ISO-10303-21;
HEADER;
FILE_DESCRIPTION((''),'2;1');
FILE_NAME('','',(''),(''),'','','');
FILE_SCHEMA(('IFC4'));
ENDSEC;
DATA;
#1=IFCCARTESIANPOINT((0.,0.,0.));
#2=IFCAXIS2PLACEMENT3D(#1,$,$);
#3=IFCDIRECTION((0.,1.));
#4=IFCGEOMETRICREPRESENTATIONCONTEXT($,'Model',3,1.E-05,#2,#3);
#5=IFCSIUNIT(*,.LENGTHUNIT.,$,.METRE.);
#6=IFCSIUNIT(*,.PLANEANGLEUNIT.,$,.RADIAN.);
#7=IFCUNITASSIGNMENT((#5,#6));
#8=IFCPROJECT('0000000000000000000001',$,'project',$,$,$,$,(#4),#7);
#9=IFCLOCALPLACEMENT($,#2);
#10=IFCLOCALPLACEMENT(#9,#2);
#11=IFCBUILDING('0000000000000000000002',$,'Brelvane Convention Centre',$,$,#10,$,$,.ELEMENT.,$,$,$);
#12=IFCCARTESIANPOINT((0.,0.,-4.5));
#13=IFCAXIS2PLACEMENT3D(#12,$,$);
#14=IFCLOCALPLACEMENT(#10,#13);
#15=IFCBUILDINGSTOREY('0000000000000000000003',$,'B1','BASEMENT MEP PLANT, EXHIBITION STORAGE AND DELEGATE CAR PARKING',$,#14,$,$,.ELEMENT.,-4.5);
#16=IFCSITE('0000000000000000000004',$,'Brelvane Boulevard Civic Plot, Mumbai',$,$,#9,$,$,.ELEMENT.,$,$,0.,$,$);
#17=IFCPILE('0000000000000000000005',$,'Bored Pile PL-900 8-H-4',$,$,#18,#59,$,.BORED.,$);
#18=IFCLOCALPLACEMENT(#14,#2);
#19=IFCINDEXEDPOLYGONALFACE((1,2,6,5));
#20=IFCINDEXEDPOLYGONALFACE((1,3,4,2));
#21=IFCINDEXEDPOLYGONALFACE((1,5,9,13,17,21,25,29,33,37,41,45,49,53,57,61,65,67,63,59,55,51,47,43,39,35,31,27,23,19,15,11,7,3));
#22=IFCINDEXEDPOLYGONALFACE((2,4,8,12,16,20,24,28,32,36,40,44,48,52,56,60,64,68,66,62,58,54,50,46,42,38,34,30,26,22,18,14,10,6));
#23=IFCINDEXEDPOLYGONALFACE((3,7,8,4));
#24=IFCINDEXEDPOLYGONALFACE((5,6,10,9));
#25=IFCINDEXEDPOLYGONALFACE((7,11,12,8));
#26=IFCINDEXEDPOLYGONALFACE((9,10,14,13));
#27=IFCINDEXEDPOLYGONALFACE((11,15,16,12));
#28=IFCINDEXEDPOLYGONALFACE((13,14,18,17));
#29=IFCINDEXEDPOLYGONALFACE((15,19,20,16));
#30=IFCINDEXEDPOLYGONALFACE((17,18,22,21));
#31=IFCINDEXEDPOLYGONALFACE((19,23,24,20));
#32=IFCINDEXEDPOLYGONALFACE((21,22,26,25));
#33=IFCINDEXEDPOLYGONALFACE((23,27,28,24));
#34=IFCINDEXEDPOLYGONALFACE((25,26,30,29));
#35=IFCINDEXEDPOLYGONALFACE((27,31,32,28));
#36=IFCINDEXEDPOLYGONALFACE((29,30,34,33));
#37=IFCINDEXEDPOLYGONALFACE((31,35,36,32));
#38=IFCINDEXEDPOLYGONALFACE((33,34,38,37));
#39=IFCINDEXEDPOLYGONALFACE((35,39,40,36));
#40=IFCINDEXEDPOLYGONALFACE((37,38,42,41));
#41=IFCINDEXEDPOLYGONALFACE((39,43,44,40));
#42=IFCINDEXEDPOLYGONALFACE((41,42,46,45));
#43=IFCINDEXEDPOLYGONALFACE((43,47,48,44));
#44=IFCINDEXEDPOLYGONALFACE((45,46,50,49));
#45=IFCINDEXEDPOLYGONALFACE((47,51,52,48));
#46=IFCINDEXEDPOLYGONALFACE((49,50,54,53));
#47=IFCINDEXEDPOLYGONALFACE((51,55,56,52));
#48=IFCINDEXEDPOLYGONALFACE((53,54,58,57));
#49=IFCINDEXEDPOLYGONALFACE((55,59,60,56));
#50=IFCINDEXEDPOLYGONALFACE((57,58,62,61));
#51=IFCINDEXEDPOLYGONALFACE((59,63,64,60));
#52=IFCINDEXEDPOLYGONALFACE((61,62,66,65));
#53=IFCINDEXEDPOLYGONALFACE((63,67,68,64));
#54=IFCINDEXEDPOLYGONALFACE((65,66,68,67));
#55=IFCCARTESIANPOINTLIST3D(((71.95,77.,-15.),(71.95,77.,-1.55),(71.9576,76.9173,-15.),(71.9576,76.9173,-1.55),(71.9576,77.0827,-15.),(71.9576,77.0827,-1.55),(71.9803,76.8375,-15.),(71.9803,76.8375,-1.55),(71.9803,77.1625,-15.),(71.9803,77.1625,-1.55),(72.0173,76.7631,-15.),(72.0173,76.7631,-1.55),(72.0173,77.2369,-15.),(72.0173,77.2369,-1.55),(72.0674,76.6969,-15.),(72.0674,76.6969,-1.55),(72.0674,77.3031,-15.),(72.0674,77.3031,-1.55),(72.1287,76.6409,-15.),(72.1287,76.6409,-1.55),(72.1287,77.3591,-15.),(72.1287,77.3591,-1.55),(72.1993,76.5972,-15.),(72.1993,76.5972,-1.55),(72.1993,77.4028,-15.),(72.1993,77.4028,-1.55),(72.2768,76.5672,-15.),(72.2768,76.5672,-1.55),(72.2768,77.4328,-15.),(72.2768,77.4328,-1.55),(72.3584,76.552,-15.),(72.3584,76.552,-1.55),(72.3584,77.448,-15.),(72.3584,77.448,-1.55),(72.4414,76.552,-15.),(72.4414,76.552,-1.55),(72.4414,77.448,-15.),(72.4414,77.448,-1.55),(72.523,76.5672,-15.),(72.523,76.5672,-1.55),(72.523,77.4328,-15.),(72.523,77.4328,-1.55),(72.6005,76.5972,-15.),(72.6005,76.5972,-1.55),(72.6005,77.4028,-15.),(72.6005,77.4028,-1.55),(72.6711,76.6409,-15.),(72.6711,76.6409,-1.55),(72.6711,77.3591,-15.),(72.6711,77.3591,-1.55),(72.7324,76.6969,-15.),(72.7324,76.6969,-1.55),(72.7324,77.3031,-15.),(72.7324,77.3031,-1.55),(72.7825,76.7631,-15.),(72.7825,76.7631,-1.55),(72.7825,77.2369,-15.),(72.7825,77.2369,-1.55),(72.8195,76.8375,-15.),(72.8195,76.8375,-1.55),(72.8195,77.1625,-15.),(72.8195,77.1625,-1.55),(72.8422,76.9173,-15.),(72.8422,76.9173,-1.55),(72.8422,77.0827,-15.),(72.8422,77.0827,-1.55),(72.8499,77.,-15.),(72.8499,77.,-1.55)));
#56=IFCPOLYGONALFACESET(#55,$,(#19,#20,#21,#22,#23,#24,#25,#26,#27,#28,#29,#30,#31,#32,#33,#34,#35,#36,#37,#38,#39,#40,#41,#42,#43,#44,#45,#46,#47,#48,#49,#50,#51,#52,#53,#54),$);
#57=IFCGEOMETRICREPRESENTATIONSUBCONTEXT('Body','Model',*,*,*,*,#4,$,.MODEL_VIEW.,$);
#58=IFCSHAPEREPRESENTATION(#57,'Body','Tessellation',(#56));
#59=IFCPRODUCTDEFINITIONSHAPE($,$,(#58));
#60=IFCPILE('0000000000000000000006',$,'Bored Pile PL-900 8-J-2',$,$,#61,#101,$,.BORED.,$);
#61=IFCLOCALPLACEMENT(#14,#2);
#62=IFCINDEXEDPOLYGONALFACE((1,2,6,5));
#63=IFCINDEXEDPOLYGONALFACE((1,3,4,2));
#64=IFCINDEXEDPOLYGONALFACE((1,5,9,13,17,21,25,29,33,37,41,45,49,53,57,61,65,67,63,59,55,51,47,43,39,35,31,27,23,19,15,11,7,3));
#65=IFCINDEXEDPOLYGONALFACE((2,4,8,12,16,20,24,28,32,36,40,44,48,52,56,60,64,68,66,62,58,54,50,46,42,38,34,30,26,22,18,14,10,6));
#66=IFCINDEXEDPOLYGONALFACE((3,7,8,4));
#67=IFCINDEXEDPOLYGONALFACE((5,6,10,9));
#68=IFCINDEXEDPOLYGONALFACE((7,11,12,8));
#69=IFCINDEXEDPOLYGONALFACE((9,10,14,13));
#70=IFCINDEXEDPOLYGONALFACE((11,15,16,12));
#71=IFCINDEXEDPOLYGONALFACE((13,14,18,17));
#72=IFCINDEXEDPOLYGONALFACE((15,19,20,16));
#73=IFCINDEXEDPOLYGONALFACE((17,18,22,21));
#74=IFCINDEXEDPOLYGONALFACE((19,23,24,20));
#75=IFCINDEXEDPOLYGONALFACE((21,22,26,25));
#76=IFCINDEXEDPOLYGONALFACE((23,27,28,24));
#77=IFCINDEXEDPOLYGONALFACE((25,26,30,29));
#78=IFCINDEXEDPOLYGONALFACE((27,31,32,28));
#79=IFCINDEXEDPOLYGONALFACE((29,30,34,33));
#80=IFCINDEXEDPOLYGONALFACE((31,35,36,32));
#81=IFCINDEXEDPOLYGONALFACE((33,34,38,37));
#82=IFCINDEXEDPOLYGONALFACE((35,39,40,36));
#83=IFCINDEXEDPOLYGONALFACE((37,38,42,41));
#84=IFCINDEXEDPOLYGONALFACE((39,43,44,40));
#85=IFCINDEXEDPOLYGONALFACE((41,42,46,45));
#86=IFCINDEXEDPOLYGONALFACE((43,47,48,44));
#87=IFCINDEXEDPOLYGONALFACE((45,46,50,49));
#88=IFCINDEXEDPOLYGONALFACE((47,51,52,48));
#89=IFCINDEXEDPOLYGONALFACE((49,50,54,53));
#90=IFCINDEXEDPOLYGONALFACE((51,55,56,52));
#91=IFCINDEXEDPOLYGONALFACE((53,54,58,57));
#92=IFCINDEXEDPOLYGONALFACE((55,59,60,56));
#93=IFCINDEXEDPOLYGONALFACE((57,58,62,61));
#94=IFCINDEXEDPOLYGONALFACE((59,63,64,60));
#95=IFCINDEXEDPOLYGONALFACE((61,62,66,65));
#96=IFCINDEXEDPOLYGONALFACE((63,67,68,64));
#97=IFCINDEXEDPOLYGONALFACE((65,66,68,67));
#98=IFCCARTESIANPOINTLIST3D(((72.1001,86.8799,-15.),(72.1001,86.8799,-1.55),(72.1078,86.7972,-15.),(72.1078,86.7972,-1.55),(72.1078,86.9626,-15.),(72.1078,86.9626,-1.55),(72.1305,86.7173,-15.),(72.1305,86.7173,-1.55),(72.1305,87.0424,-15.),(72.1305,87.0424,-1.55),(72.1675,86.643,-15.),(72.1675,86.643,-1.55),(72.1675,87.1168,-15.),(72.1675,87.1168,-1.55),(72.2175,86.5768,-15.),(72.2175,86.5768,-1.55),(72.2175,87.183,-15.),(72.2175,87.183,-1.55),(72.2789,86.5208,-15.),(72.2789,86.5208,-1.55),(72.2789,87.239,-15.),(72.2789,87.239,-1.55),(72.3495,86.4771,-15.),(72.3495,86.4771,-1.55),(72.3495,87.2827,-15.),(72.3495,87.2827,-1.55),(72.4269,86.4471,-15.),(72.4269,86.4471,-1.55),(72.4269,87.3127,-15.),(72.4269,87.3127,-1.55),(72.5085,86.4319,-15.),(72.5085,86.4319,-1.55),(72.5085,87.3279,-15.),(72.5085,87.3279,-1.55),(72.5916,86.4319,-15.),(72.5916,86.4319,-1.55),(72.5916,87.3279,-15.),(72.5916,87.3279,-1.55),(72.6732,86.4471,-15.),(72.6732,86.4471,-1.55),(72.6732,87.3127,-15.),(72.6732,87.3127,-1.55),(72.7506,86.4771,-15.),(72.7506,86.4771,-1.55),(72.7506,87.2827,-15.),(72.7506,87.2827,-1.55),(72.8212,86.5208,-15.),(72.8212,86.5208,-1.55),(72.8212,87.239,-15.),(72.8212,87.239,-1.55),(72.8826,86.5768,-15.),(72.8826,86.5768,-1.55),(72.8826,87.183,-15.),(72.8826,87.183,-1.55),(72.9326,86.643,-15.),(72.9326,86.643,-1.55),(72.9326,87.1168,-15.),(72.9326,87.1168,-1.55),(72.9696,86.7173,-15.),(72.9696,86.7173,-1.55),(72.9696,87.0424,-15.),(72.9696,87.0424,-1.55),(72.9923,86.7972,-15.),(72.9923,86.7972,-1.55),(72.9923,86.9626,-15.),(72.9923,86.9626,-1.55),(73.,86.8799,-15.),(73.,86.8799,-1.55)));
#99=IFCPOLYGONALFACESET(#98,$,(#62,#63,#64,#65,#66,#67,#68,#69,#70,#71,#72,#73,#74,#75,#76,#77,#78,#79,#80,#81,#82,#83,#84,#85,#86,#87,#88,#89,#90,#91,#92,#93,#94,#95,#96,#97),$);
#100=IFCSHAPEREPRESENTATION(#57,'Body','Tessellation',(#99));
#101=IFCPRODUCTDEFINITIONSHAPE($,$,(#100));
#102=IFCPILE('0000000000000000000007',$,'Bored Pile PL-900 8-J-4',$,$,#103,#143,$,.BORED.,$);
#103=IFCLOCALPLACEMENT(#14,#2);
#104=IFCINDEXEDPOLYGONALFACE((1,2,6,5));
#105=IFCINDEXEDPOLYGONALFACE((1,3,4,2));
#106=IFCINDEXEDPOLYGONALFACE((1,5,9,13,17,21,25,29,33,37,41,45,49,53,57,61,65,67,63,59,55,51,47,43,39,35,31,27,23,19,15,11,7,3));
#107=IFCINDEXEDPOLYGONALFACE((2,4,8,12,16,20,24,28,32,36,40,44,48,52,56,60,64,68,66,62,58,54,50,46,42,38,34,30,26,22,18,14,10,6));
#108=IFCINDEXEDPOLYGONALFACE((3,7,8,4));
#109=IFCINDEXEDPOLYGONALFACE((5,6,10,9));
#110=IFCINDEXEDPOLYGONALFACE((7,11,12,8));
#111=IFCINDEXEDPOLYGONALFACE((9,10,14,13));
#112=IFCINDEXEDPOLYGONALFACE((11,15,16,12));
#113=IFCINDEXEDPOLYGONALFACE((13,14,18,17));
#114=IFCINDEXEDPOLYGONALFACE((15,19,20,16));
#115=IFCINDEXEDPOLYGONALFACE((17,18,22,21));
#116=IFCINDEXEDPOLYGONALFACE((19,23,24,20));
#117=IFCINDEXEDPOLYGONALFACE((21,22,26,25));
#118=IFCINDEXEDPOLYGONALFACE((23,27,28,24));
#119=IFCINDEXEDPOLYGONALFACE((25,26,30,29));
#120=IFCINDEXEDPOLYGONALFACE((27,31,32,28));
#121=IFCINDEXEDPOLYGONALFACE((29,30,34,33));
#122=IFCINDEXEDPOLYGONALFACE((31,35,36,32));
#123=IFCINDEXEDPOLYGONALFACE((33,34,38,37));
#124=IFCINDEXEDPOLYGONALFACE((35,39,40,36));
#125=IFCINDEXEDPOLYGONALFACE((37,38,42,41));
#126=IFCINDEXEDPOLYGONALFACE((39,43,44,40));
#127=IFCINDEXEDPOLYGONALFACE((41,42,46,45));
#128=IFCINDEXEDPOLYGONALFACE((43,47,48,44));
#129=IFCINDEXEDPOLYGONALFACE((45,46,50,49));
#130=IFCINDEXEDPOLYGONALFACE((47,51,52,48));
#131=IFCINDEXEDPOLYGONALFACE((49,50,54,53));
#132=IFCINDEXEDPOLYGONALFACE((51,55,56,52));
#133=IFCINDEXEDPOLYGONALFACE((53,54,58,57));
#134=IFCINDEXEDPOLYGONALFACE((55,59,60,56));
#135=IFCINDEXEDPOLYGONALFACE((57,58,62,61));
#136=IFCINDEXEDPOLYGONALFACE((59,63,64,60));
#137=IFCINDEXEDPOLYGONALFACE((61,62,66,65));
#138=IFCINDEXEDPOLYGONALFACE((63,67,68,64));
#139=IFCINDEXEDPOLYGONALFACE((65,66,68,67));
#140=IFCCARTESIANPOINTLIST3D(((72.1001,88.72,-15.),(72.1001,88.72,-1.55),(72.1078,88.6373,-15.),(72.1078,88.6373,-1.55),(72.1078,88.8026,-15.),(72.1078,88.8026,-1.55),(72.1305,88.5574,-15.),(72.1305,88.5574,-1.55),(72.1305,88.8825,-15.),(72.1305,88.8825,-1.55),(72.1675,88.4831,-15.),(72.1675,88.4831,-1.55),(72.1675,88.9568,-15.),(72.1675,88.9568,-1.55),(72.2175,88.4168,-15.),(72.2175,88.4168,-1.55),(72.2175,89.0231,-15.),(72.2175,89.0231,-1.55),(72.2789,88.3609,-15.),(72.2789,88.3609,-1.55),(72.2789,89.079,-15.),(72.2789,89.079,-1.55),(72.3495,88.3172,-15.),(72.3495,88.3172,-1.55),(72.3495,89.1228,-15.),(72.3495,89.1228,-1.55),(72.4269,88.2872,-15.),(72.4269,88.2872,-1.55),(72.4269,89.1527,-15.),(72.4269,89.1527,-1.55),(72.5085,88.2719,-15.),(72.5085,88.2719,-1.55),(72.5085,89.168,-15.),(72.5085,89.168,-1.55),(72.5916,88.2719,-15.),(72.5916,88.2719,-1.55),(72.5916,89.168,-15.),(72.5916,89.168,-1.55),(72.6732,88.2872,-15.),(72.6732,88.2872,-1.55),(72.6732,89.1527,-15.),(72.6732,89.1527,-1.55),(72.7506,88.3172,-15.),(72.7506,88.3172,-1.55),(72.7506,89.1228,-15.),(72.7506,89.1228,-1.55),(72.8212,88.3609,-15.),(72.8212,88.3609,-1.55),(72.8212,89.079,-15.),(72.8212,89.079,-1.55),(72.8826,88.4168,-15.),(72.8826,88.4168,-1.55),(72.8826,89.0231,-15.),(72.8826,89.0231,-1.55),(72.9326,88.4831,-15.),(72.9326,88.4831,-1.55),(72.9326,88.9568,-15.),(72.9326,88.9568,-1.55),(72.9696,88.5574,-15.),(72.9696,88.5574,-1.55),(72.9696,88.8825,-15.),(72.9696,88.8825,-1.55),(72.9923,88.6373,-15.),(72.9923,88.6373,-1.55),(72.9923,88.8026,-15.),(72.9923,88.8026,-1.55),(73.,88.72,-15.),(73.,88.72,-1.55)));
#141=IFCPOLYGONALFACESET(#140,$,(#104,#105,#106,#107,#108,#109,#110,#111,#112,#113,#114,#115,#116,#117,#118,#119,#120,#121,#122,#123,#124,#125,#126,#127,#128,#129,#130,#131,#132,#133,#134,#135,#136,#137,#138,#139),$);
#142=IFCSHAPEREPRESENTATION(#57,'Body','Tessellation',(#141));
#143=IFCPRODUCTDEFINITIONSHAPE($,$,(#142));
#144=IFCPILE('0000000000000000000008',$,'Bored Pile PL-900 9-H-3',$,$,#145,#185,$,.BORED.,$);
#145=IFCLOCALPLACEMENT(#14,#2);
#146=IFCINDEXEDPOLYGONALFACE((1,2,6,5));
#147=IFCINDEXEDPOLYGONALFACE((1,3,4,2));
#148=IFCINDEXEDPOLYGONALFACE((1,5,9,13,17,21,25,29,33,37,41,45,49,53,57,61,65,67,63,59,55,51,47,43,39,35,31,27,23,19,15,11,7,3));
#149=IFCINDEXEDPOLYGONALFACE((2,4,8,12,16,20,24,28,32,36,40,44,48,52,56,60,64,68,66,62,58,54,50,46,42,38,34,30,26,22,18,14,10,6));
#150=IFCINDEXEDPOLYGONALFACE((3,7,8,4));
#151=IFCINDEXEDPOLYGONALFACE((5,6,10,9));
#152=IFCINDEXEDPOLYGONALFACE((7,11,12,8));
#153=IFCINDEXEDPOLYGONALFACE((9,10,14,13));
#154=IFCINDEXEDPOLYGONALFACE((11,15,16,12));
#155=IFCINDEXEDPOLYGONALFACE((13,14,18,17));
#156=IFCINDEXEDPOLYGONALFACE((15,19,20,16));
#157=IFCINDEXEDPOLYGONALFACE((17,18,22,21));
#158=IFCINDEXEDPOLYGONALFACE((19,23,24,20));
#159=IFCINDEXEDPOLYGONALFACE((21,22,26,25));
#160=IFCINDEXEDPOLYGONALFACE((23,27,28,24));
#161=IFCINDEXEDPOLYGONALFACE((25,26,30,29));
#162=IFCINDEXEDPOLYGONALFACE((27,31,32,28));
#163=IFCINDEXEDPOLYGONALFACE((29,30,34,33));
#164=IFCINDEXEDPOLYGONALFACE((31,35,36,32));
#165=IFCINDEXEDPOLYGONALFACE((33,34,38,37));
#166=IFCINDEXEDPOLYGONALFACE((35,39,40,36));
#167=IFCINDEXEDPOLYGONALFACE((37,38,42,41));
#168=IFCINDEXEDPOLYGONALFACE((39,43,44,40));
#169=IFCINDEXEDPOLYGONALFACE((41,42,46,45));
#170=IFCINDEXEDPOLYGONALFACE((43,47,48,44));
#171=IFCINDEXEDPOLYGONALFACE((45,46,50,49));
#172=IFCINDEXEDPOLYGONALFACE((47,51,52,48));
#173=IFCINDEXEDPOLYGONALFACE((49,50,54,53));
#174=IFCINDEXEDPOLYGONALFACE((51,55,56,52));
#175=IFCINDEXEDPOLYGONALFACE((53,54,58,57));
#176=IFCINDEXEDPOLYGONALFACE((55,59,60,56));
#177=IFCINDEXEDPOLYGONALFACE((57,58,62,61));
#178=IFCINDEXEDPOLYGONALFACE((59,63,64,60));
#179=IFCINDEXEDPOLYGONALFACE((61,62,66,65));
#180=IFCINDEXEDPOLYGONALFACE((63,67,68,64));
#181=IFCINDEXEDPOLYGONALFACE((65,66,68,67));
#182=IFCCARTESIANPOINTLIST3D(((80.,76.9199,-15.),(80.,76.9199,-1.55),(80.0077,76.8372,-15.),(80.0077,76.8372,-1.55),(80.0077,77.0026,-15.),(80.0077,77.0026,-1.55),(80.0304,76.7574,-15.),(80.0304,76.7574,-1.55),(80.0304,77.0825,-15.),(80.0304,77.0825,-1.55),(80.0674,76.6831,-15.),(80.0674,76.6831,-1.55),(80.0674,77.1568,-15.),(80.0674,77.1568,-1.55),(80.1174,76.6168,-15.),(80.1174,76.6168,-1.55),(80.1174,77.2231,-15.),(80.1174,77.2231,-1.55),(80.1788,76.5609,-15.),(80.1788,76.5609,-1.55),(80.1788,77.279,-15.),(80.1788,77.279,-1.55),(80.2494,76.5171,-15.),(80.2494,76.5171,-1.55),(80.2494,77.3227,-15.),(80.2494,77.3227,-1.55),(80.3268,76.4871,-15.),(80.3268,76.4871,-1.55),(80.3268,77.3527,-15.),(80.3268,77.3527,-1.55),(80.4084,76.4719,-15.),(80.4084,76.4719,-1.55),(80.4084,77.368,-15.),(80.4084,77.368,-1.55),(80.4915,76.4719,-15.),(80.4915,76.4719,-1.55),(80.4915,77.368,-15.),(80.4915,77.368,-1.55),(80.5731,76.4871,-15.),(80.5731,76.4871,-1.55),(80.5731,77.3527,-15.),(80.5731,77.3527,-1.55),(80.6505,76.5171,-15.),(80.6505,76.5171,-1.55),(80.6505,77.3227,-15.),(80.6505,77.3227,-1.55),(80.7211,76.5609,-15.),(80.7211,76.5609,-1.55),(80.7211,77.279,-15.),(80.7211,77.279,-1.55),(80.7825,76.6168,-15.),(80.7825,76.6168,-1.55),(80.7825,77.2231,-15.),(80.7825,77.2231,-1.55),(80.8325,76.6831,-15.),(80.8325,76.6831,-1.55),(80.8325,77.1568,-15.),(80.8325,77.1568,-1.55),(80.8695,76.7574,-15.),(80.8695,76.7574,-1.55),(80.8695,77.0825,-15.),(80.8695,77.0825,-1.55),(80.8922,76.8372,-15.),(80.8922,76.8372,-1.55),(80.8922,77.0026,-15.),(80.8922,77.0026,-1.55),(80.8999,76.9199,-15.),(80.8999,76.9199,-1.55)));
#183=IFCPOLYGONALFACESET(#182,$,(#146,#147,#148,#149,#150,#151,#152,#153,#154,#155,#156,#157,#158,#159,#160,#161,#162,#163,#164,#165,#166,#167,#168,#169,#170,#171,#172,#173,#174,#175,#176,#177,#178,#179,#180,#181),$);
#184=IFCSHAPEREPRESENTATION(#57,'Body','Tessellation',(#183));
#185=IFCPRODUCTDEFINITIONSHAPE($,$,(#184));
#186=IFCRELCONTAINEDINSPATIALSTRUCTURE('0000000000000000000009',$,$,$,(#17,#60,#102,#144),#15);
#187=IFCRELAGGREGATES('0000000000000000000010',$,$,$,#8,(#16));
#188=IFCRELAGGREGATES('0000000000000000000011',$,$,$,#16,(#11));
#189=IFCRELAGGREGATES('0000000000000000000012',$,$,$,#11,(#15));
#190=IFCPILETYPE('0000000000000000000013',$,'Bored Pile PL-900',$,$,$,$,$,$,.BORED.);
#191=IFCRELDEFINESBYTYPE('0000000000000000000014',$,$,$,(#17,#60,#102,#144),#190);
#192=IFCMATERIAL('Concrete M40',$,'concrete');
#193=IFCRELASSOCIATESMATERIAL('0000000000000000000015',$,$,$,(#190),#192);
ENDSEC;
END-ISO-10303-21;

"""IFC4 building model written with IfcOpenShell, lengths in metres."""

from ifc_helpers import new_model, si_unit, direction, frame, origin, origin_2d, place, context, subcontext, project, spatial, circle, extrude, material, material_profile, profile_set, type_object, element, save


model = new_model("IFC4")

# Units and contexts
model_context = context("Model", 3, precision=1e-05, world=origin(), true_north=direction((0.0, 1.0)))
body_context = subcontext(model_context, "Body", "Model", "MODEL_VIEW")
ifc_project = project(units=[si_unit("LENGTHUNIT", "METRE"), si_unit("PLANEANGLEUNIT", "RADIAN")], contexts=[model_context])

# Site, building, storey
site_placement = place(None, origin())
site = spatial("IfcSite", under=ifc_project, at=site_placement, Name="Brelvane Boulevard Civic Plot, Mumbai", CompositionType="ELEMENT", RefElevation=0.0)
building_placement = place(site_placement, origin())
building = spatial("IfcBuilding", under=site, at=building_placement, Name="Brelvane Convention Centre", CompositionType="ELEMENT")
storey_placement = place(building_placement, frame((0.0, 0.0, -4.5)))
storey = spatial("IfcBuildingStorey", under=building, at=storey_placement, Name="B1", Description="BASEMENT MEP PLANT, EXHIBITION STORAGE AND DELEGATE CAR PARKING", CompositionType="ELEMENT", Elevation=-4.5)

# Piles
ifc_material_1 = material(Name="Concrete M40", Category="concrete")
ifc_material_profile_1 = material_profile(ifc_material_1, circle(Radius=0.45, at=origin_2d()), Name="PILE D900")
ifc_profile_set_1 = profile_set([ifc_material_profile_1], Name="Concrete M40")
pile_type = type_object("IfcPileType", Name="Bored Pile PL-900", PredefinedType="BORED", material=ifc_profile_set_1)
for number, where, z_axis, x_axis, name in (
    (1, (72.3999, 77.0, -1.55), (0.0, 0.0, -1.0), (1.0, 0.0, 0.0), "Bored Pile PL-900 8-H-4"),
    (2, (72.55, 86.8799, -1.55), (0.0, 0.0, -1.0), (1.0, 0.0, 0.0), "Bored Pile PL-900 8-J-2"),
    (3, (72.55, 88.72, -1.55), (0.0, 0.0, -1.0), (1.0, 0.0, 0.0), "Bored Pile PL-900 8-J-4"),
    (4, (80.45, 76.9199, -1.55), (0.0, 0.0, -1.0), (1.0, 0.0, 0.0), "Bored Pile PL-900 9-H-3"),
):
    element("IfcPile", number, at=place(storey_placement, frame(where, z_axis=z_axis, x_axis=x_axis)), inside=storey, type_object=pile_type, Name=name, PredefinedType="BORED", context=body_context, shape_type="SweptSolid", body=[
        extrude(circle(Radius=0.45, at=origin_2d()), origin(), (0.0, 0.0, 1.0), 13.45),
    ])

save(model, "model.ifc")
